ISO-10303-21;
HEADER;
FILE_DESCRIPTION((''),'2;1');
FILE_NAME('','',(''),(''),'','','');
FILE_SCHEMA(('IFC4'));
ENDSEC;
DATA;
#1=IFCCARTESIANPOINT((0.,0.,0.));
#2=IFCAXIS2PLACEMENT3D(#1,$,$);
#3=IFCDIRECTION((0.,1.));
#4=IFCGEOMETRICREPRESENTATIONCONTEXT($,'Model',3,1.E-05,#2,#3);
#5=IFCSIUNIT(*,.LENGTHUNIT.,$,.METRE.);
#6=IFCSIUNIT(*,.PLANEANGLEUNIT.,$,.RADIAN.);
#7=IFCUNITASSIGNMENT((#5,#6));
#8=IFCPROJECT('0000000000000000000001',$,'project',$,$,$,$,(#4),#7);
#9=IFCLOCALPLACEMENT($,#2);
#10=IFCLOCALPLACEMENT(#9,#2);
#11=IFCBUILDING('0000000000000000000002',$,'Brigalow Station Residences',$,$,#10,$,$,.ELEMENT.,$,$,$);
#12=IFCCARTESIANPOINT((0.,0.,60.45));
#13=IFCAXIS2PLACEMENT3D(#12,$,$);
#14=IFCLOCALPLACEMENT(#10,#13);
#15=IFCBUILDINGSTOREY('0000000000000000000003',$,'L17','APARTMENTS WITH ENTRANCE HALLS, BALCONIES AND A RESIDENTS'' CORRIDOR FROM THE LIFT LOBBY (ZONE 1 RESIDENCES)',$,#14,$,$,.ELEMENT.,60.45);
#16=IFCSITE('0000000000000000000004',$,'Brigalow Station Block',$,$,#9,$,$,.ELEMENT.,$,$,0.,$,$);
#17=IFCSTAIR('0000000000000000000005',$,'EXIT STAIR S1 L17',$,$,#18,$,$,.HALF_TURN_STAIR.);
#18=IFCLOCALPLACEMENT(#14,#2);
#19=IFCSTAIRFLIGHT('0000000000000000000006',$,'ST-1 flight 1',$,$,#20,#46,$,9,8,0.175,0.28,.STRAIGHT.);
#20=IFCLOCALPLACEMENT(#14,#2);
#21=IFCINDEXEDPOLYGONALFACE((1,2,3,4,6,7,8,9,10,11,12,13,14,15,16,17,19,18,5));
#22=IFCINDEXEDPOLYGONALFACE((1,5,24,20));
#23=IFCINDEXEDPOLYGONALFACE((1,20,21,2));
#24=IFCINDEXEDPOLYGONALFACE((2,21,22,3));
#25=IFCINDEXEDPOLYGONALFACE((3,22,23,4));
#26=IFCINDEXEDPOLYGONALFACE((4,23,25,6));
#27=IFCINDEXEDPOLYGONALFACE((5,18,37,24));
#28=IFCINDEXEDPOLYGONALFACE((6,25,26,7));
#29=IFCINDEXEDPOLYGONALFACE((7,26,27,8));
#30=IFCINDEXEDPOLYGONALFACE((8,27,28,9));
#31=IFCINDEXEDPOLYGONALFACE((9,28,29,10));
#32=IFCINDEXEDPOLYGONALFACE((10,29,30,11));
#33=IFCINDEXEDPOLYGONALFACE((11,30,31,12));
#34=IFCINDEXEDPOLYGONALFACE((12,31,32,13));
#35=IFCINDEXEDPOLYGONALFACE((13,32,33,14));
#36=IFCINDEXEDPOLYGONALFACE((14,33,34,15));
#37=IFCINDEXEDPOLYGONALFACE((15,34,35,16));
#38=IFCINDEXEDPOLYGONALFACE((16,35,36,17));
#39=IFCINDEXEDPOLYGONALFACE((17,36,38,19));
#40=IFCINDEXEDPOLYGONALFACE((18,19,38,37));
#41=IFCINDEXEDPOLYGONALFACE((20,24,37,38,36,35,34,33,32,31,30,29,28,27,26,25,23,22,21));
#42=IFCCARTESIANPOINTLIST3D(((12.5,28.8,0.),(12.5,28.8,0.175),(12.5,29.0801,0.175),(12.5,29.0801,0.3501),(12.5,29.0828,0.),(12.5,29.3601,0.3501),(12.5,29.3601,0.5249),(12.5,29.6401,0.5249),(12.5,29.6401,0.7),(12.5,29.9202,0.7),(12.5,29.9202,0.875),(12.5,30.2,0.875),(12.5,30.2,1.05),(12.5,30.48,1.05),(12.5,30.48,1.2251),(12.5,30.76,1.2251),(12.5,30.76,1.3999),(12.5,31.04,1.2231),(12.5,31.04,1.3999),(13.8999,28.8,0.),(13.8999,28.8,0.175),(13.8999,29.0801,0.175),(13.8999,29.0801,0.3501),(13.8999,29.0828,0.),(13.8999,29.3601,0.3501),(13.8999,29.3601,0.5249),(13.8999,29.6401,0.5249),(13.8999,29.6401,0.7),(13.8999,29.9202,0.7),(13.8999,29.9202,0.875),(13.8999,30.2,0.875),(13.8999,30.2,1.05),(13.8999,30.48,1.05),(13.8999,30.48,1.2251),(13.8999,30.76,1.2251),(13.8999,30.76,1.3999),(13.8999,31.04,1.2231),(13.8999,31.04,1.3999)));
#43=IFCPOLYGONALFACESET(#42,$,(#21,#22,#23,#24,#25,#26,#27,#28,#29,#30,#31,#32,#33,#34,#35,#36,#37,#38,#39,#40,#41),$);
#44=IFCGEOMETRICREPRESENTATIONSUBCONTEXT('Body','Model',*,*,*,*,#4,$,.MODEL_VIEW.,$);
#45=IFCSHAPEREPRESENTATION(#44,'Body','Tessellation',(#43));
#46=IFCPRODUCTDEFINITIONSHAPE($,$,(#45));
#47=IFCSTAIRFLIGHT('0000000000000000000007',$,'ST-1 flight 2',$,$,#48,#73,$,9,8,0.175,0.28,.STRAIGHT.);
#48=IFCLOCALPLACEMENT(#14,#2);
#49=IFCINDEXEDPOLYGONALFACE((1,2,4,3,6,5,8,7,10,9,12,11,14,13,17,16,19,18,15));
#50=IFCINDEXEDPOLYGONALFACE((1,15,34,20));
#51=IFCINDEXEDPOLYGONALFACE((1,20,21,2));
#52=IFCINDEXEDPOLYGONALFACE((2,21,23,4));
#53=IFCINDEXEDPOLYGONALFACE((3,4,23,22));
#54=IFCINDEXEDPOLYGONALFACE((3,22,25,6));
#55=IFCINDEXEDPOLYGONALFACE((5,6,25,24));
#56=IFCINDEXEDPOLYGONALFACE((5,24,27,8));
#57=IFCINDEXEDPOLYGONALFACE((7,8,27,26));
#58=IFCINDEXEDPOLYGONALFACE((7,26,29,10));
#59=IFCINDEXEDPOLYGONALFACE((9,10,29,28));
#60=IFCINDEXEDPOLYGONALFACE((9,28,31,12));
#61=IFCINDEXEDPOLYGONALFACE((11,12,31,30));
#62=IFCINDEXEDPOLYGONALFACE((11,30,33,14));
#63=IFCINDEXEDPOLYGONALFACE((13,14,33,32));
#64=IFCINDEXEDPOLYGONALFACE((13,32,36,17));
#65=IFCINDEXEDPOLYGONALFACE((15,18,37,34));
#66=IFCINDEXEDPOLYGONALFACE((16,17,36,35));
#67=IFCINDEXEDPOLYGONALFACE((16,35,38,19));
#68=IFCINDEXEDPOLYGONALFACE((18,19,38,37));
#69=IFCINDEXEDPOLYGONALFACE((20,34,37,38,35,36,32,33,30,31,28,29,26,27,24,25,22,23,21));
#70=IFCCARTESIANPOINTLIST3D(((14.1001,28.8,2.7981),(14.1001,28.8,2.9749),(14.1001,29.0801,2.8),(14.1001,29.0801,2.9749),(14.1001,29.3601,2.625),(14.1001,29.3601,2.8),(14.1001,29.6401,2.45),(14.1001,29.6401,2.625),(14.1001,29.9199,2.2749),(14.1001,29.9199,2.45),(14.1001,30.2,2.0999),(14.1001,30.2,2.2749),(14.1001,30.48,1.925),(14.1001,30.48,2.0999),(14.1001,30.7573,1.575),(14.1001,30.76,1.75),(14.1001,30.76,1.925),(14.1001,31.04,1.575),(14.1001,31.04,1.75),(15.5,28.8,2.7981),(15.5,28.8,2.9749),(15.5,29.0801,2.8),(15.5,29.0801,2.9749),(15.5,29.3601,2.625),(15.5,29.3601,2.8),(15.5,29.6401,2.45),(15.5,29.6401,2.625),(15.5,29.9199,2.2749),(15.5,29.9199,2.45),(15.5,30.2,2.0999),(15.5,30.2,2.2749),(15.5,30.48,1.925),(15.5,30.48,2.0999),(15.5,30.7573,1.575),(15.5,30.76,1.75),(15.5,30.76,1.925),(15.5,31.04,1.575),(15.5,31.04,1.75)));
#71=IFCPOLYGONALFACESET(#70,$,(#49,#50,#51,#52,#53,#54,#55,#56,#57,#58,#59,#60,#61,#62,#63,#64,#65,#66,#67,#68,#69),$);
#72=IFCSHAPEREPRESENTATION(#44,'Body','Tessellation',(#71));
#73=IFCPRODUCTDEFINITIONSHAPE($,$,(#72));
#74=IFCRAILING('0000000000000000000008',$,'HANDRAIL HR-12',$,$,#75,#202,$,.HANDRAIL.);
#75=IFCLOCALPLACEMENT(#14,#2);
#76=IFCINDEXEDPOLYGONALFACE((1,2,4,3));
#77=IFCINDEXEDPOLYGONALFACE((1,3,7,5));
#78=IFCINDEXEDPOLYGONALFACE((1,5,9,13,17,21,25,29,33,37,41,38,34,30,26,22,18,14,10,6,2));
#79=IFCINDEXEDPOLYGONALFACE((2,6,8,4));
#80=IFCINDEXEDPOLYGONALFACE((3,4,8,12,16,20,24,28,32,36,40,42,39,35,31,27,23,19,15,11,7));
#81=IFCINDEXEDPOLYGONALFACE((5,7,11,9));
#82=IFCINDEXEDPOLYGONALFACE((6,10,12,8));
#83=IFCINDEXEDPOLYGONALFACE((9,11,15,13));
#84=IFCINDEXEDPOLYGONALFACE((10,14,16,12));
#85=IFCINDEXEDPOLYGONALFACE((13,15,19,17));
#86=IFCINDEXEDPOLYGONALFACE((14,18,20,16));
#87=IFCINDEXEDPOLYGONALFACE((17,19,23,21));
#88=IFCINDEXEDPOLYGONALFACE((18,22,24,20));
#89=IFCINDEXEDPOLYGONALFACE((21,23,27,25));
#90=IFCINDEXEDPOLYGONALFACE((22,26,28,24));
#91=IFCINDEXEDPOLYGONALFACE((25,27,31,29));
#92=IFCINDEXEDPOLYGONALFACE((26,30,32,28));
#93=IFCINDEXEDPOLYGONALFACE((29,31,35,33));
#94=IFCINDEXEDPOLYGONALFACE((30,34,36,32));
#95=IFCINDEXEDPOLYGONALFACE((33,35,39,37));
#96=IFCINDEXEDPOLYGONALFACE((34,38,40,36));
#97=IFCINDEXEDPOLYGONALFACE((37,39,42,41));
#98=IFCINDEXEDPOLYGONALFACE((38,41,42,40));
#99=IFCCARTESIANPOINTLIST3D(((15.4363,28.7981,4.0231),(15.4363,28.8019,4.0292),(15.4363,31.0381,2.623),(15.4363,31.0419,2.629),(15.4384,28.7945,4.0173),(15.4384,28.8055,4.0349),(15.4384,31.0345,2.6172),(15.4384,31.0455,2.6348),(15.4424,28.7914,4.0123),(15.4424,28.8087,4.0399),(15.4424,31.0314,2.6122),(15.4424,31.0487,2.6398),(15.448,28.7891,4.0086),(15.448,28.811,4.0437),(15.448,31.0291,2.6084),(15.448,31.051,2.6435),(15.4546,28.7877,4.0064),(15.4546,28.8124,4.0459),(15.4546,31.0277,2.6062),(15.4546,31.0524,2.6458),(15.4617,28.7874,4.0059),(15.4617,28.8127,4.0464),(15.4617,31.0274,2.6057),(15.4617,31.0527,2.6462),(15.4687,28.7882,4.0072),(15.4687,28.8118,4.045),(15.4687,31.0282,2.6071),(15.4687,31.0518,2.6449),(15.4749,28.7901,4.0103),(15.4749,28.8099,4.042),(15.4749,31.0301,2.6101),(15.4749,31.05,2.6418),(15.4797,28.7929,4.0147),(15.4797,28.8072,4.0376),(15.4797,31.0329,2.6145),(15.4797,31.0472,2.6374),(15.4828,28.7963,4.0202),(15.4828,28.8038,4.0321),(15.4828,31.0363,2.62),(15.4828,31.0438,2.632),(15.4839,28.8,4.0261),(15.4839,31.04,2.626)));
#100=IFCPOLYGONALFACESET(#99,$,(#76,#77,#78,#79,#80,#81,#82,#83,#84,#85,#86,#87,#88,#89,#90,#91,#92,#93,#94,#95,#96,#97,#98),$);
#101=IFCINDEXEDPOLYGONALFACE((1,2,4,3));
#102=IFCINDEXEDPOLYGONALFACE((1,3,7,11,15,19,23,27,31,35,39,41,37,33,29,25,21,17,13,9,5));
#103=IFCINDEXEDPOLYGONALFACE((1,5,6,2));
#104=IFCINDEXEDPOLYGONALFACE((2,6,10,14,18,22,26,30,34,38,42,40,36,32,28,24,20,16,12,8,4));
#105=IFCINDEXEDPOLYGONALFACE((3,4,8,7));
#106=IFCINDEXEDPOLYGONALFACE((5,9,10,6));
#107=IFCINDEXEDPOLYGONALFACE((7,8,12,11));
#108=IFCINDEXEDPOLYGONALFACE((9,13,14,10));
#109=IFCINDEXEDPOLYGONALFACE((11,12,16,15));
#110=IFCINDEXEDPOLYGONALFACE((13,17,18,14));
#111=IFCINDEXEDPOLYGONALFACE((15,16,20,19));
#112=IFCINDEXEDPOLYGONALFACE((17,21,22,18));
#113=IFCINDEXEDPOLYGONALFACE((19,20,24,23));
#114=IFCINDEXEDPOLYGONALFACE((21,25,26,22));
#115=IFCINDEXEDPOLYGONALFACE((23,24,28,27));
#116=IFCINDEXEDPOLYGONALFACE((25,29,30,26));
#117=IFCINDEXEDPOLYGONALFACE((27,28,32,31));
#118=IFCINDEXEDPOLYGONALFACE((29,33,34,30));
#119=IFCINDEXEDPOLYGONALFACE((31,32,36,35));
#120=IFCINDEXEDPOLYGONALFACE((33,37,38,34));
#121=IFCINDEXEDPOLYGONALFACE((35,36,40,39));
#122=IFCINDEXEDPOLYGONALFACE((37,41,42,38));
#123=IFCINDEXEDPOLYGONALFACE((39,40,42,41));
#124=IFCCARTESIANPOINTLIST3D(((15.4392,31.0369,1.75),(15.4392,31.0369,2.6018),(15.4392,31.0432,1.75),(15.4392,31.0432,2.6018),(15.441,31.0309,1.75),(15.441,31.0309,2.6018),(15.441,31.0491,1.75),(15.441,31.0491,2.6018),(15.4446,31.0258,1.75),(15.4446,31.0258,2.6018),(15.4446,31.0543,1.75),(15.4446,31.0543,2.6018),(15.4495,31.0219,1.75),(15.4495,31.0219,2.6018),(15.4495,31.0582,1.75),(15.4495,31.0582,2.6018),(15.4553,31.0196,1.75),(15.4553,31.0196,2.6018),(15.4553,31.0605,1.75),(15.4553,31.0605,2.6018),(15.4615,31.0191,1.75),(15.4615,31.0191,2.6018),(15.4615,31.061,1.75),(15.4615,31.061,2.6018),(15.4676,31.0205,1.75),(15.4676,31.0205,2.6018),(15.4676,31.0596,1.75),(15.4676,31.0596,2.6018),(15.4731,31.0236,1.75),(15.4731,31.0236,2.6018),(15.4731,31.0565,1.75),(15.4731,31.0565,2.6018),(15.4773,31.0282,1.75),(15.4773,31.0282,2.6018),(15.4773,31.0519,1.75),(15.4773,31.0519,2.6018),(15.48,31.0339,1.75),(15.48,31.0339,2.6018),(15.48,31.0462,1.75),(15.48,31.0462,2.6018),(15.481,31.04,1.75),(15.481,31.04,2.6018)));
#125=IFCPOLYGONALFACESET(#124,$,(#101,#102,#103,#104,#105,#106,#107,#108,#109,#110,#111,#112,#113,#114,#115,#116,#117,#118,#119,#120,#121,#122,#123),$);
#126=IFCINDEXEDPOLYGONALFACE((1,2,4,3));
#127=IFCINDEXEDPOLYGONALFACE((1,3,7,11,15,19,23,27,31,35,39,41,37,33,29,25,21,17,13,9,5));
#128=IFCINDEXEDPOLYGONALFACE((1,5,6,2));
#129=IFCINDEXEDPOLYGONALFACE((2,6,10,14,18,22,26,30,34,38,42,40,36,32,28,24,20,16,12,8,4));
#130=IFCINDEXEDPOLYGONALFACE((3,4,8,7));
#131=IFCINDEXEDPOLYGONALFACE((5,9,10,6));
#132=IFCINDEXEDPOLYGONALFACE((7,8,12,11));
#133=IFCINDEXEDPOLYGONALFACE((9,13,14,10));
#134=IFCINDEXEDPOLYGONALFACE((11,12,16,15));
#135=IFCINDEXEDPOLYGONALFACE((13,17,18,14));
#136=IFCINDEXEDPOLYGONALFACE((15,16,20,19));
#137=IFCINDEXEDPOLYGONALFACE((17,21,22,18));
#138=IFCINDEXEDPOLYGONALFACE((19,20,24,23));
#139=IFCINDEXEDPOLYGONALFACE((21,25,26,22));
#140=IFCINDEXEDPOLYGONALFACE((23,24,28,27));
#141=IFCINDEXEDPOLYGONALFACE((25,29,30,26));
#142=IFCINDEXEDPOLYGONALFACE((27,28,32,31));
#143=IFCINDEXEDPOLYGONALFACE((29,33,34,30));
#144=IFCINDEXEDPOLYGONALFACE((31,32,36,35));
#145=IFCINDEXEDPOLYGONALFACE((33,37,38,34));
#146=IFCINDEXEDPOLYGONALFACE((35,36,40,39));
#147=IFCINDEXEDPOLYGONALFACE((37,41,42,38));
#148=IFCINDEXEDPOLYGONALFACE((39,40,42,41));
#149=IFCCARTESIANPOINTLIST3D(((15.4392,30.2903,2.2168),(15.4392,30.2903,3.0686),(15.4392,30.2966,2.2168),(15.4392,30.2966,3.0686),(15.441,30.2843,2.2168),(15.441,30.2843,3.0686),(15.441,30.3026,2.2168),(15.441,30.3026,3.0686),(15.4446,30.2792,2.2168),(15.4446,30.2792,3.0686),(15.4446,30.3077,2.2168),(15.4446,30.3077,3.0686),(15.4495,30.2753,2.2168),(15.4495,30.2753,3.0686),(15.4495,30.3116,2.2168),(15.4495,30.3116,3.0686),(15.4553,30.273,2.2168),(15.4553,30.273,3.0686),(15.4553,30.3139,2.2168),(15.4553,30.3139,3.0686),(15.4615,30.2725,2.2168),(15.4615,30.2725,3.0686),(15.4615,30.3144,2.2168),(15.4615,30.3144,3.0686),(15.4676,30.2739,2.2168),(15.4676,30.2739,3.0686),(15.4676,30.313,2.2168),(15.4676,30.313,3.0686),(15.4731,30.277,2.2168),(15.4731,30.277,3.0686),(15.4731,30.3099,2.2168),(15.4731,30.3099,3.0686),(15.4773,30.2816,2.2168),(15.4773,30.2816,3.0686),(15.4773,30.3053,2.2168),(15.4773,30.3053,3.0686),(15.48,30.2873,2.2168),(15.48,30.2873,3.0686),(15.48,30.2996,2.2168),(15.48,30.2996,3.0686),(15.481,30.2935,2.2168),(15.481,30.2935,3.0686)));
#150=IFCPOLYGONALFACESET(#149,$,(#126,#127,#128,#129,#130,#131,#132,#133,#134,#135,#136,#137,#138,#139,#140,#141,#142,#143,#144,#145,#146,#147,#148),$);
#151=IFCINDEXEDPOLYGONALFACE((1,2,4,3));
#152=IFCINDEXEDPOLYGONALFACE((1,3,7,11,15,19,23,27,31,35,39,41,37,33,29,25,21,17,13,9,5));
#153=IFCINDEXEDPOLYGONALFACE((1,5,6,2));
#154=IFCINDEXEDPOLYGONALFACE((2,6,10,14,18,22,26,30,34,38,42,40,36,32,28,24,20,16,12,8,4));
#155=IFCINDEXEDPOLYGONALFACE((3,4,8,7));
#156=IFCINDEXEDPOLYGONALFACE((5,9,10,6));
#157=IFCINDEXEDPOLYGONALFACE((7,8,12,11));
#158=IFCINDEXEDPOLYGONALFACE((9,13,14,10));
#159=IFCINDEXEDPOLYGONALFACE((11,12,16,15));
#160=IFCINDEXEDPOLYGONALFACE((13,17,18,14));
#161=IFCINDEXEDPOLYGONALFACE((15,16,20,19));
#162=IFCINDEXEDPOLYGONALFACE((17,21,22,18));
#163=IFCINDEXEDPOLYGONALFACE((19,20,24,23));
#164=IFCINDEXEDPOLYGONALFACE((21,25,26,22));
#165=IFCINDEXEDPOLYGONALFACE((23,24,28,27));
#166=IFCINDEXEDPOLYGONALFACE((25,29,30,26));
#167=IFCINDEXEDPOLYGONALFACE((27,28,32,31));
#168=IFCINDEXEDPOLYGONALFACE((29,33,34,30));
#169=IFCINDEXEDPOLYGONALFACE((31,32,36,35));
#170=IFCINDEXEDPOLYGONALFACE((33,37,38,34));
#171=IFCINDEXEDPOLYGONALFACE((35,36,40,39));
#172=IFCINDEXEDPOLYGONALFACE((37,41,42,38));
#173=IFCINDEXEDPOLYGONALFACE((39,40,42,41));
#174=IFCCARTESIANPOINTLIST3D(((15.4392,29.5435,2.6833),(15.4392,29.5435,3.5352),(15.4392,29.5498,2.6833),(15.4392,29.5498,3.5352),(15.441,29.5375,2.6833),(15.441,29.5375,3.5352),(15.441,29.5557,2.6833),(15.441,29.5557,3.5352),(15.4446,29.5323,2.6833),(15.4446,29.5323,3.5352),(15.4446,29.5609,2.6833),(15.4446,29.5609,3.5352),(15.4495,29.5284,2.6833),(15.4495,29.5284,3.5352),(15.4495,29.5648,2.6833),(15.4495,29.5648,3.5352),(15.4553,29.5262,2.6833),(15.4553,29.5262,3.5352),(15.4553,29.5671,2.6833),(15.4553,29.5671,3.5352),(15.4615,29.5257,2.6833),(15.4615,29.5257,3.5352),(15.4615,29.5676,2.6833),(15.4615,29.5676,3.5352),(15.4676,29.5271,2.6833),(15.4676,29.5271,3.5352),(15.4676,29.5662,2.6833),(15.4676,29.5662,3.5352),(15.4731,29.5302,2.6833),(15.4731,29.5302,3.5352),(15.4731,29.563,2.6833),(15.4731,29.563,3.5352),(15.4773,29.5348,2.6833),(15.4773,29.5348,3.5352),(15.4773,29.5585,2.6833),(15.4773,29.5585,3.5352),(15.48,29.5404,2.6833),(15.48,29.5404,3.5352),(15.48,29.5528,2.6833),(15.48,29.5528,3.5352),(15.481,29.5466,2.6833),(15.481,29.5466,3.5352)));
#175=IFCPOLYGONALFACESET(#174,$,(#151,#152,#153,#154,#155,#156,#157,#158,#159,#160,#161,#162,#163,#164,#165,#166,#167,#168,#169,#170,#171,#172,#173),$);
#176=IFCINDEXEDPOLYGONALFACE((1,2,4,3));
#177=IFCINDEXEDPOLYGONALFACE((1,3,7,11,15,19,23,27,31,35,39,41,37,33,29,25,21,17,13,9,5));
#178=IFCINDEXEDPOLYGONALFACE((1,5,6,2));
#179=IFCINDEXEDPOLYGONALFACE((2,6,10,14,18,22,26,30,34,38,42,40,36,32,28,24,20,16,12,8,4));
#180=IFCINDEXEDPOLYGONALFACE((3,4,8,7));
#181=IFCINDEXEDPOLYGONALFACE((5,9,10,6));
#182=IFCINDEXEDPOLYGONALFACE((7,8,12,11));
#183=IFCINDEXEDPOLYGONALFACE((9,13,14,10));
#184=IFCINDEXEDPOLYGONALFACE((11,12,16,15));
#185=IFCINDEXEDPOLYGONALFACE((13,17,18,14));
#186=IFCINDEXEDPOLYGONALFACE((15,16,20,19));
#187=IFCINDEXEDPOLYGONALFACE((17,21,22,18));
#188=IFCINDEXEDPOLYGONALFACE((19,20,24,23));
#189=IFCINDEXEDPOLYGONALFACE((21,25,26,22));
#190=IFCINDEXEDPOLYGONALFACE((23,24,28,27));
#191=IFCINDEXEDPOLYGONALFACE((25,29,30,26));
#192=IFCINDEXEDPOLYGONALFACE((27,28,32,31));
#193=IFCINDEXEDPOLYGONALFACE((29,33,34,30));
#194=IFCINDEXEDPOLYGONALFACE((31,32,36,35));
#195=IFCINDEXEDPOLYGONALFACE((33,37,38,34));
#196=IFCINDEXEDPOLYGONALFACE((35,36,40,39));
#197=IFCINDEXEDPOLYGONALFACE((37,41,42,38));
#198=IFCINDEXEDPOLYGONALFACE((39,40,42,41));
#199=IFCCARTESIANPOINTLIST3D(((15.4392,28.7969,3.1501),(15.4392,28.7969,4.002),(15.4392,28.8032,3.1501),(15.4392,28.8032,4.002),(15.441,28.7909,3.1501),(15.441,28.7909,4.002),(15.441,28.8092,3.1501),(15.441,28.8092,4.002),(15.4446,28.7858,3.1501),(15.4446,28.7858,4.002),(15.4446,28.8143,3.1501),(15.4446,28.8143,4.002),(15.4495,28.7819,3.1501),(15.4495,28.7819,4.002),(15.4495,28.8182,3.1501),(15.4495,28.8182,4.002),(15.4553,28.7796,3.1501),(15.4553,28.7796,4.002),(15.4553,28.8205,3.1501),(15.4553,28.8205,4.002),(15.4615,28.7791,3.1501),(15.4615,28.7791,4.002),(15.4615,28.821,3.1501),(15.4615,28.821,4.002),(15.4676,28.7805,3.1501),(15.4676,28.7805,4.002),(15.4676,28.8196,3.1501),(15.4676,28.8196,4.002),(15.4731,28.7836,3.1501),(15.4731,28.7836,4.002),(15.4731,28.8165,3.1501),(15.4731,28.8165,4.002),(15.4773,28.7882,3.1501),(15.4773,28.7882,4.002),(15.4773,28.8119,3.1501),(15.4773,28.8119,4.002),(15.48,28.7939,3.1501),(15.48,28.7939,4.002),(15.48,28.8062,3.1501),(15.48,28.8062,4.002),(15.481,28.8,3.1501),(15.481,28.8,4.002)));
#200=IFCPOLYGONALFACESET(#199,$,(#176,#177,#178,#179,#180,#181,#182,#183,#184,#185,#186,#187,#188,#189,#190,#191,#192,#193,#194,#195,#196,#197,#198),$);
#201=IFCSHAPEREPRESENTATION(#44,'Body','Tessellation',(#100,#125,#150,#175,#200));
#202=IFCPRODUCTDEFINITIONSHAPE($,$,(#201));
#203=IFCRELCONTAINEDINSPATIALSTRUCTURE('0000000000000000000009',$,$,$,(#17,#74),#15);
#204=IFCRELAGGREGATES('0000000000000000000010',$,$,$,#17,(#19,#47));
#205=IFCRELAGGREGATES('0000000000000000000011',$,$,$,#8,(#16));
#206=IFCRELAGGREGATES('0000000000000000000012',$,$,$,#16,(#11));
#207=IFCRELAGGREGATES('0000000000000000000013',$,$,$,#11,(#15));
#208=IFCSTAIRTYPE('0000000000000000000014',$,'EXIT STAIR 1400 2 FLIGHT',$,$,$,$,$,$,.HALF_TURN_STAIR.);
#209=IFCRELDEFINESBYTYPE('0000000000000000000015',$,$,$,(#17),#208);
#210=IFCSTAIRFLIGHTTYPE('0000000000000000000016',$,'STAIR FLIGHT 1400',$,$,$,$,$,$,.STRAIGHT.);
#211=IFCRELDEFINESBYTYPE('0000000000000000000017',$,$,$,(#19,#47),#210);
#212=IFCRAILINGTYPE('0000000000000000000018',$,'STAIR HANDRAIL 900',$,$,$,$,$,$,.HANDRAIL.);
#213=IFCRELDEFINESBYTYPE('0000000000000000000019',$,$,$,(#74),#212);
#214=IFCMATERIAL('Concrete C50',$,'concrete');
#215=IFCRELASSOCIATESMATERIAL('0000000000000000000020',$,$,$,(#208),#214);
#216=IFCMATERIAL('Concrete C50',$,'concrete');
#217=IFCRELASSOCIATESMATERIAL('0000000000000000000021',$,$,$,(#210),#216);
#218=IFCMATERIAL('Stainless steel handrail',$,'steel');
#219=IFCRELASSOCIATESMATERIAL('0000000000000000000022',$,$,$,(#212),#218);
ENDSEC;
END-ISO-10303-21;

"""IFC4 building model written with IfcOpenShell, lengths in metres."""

from ifc_helpers import new_model, si_unit, direction, frame, origin, origin_2d, place, context, subcontext, project, spatial, polyline, circle, outline, extrude, material, type_object, element, aggregate, save


model = new_model("IFC4")

# Units and contexts
model_context = context("Model", 3, precision=1e-05, world=origin(), true_north=direction((0.0, 1.0)))
body_context = subcontext(model_context, "Body", "Model", "MODEL_VIEW")
ifc_project = project(units=[si_unit("LENGTHUNIT", "METRE"), si_unit("PLANEANGLEUNIT", "RADIAN")], contexts=[model_context])

# Site, building, storey
site_placement = place(None, origin())
site = spatial("IfcSite", under=ifc_project, at=site_placement, Name="Brigalow Station Block", CompositionType="ELEMENT", RefElevation=0.0)
building_placement = place(site_placement, origin())
building = spatial("IfcBuilding", under=site, at=building_placement, Name="Brigalow Station Residences", CompositionType="ELEMENT")
storey_placement = place(building_placement, frame((0.0, 0.0, 60.45)))
storey = spatial("IfcBuildingStorey", under=building, at=storey_placement, Name="L17", Description="APARTMENTS WITH ENTRANCE HALLS, BALCONIES AND A RESIDENTS' CORRIDOR FROM THE LIFT LOBBY (ZONE 1 RESIDENCES)", CompositionType="ELEMENT", Elevation=60.45)

# Stair, stair flights
ifc_material_1 = material(Name="Concrete C50", Category="concrete")
stair_type = type_object("IfcStairType", Name="EXIT STAIR 1400 2 FLIGHT", PredefinedType="HALF_TURN_STAIR", material=ifc_material_1)
stair_placement = place(storey_placement, origin())
stair = element("IfcStair", 1, at=stair_placement, inside=storey, type_object=stair_type, Name="EXIT STAIR S1 L17", PredefinedType="HALF_TURN_STAIR")
ifc_material_2 = material(Name="Concrete C50", Category="concrete")
stair_flight_type = type_object("IfcStairFlightType", Name="STAIR FLIGHT 1400", PredefinedType="STRAIGHT", material=ifc_material_2)
stair_flight_1_placement = place(storey_placement, frame((13.2, 28.8, 0.0), z_axis=(0.0, 0.0, 1.0), x_axis=(0.0, 1.0, 0.0)))
stair_flight_1 = element("IfcStairFlight", 2, at=stair_flight_1_placement, type_object=stair_flight_type, Name="ST-1 flight 1", NumberOfRisers=9, NumberOfTreads=8, PredefinedType="STRAIGHT", RiserHeight=0.175, TreadLength=0.28, context=body_context, shape_type="SweptSolid", body=[
    extrude(outline(polyline([(0.0, 0.0), (0.0, 0.175), (0.28, 0.175), (0.28, 0.3501), (0.5601, 0.3501), (0.5601, 0.5249), (0.8401, 0.5249), (0.8401, 0.7), (1.1201, 0.7), (1.1201, 0.875), (1.3999, 0.875), (1.3999, 1.05), (1.6799, 1.05), (1.6799, 1.2251), (1.96, 1.2251), (1.96, 1.3999), (2.24, 1.3999), (2.24, 1.575), (2.24, 1.2231), (0.2827, 0.0), (0.0, 0.0)])), frame((0.0, 0.7, 0.0), z_axis=(0.0, -1.0, 0.0), x_axis=(1.0, 0.0, 0.0)), (0.0, 0.0, 1.0), 1.3999),
])
stair_flight_2_placement = place(storey_placement, frame((14.8, 31.04, 1.575), z_axis=(0.0, 0.0, 1.0), x_axis=(0.0, -1.0, 0.0)))
stair_flight_2 = element("IfcStairFlight", 3, at=stair_flight_2_placement, type_object=stair_flight_type, Name="ST-1 flight 2", NumberOfRisers=9, NumberOfTreads=8, PredefinedType="STRAIGHT", RiserHeight=0.175, TreadLength=0.28, context=body_context, shape_type="SweptSolid", body=[
    extrude(outline(polyline([(0.0, 0.0), (0.0, 0.175), (0.28, 0.175), (0.28, 0.3501), (0.5601, 0.3501), (0.5601, 0.5249), (0.8401, 0.5249), (0.8401, 0.7), (1.1201, 0.7), (1.1201, 0.875), (1.3999, 0.875), (1.3999, 1.05), (1.6799, 1.05), (1.6799, 1.2251), (1.96, 1.2251), (1.96, 1.3999), (2.24, 1.3999), (2.24, 1.575), (2.24, 1.2231), (0.2827, 0.0), (0.0, 0.0)])), frame((0.0, 0.7, 0.0), z_axis=(0.0, -1.0, 0.0), x_axis=(1.0, 0.0, 0.0)), (0.0, 0.0, 1.0), 1.3999),
])
aggregate(stair, [stair_flight_1, stair_flight_2])

# Railing
ifc_material_3 = material(Name="Stainless steel handrail", Category="steel")
railing_type_1 = type_object("IfcRailingType", Name="STAIR HANDRAIL 900", PredefinedType="HANDRAIL", material=ifc_material_3)
railing_1_placement = place(storey_placement, frame((15.46, 31.04, 1.75)))
element("IfcRailing", 4, at=railing_1_placement, inside=storey, type_object=railing_type_1, Name="HANDRAIL HR-12", PredefinedType="HANDRAIL", context=body_context, shape_type="SweptSolid", body=[
    extrude(circle(Radius=0.0239, at=origin_2d()), frame((0.0, 0.0, 0.876), z_axis=(0.0, -0.847972, 0.53004), x_axis=(1.0, 0.0, 0.0)), (0.0, 0.0, 1.0), 2.6416),
    extrude(circle(Radius=0.021, at=origin_2d()), origin(), (0.0, 0.0, 1.0), 0.8518),
    extrude(circle(Radius=0.021, at=origin_2d()), frame((0.0, -0.7466, 0.4668)), (0.0, 0.0, 1.0), 0.8518),
    extrude(circle(Radius=0.021, at=origin_2d()), frame((0.0, -1.4934, 0.9333)), (0.0, 0.0, 1.0), 0.8518),
    extrude(circle(Radius=0.021, at=origin_2d()), frame((0.0, -2.24, 1.4001)), (0.0, 0.0, 1.0), 0.8518),
])

save(model, "model.ifc")
